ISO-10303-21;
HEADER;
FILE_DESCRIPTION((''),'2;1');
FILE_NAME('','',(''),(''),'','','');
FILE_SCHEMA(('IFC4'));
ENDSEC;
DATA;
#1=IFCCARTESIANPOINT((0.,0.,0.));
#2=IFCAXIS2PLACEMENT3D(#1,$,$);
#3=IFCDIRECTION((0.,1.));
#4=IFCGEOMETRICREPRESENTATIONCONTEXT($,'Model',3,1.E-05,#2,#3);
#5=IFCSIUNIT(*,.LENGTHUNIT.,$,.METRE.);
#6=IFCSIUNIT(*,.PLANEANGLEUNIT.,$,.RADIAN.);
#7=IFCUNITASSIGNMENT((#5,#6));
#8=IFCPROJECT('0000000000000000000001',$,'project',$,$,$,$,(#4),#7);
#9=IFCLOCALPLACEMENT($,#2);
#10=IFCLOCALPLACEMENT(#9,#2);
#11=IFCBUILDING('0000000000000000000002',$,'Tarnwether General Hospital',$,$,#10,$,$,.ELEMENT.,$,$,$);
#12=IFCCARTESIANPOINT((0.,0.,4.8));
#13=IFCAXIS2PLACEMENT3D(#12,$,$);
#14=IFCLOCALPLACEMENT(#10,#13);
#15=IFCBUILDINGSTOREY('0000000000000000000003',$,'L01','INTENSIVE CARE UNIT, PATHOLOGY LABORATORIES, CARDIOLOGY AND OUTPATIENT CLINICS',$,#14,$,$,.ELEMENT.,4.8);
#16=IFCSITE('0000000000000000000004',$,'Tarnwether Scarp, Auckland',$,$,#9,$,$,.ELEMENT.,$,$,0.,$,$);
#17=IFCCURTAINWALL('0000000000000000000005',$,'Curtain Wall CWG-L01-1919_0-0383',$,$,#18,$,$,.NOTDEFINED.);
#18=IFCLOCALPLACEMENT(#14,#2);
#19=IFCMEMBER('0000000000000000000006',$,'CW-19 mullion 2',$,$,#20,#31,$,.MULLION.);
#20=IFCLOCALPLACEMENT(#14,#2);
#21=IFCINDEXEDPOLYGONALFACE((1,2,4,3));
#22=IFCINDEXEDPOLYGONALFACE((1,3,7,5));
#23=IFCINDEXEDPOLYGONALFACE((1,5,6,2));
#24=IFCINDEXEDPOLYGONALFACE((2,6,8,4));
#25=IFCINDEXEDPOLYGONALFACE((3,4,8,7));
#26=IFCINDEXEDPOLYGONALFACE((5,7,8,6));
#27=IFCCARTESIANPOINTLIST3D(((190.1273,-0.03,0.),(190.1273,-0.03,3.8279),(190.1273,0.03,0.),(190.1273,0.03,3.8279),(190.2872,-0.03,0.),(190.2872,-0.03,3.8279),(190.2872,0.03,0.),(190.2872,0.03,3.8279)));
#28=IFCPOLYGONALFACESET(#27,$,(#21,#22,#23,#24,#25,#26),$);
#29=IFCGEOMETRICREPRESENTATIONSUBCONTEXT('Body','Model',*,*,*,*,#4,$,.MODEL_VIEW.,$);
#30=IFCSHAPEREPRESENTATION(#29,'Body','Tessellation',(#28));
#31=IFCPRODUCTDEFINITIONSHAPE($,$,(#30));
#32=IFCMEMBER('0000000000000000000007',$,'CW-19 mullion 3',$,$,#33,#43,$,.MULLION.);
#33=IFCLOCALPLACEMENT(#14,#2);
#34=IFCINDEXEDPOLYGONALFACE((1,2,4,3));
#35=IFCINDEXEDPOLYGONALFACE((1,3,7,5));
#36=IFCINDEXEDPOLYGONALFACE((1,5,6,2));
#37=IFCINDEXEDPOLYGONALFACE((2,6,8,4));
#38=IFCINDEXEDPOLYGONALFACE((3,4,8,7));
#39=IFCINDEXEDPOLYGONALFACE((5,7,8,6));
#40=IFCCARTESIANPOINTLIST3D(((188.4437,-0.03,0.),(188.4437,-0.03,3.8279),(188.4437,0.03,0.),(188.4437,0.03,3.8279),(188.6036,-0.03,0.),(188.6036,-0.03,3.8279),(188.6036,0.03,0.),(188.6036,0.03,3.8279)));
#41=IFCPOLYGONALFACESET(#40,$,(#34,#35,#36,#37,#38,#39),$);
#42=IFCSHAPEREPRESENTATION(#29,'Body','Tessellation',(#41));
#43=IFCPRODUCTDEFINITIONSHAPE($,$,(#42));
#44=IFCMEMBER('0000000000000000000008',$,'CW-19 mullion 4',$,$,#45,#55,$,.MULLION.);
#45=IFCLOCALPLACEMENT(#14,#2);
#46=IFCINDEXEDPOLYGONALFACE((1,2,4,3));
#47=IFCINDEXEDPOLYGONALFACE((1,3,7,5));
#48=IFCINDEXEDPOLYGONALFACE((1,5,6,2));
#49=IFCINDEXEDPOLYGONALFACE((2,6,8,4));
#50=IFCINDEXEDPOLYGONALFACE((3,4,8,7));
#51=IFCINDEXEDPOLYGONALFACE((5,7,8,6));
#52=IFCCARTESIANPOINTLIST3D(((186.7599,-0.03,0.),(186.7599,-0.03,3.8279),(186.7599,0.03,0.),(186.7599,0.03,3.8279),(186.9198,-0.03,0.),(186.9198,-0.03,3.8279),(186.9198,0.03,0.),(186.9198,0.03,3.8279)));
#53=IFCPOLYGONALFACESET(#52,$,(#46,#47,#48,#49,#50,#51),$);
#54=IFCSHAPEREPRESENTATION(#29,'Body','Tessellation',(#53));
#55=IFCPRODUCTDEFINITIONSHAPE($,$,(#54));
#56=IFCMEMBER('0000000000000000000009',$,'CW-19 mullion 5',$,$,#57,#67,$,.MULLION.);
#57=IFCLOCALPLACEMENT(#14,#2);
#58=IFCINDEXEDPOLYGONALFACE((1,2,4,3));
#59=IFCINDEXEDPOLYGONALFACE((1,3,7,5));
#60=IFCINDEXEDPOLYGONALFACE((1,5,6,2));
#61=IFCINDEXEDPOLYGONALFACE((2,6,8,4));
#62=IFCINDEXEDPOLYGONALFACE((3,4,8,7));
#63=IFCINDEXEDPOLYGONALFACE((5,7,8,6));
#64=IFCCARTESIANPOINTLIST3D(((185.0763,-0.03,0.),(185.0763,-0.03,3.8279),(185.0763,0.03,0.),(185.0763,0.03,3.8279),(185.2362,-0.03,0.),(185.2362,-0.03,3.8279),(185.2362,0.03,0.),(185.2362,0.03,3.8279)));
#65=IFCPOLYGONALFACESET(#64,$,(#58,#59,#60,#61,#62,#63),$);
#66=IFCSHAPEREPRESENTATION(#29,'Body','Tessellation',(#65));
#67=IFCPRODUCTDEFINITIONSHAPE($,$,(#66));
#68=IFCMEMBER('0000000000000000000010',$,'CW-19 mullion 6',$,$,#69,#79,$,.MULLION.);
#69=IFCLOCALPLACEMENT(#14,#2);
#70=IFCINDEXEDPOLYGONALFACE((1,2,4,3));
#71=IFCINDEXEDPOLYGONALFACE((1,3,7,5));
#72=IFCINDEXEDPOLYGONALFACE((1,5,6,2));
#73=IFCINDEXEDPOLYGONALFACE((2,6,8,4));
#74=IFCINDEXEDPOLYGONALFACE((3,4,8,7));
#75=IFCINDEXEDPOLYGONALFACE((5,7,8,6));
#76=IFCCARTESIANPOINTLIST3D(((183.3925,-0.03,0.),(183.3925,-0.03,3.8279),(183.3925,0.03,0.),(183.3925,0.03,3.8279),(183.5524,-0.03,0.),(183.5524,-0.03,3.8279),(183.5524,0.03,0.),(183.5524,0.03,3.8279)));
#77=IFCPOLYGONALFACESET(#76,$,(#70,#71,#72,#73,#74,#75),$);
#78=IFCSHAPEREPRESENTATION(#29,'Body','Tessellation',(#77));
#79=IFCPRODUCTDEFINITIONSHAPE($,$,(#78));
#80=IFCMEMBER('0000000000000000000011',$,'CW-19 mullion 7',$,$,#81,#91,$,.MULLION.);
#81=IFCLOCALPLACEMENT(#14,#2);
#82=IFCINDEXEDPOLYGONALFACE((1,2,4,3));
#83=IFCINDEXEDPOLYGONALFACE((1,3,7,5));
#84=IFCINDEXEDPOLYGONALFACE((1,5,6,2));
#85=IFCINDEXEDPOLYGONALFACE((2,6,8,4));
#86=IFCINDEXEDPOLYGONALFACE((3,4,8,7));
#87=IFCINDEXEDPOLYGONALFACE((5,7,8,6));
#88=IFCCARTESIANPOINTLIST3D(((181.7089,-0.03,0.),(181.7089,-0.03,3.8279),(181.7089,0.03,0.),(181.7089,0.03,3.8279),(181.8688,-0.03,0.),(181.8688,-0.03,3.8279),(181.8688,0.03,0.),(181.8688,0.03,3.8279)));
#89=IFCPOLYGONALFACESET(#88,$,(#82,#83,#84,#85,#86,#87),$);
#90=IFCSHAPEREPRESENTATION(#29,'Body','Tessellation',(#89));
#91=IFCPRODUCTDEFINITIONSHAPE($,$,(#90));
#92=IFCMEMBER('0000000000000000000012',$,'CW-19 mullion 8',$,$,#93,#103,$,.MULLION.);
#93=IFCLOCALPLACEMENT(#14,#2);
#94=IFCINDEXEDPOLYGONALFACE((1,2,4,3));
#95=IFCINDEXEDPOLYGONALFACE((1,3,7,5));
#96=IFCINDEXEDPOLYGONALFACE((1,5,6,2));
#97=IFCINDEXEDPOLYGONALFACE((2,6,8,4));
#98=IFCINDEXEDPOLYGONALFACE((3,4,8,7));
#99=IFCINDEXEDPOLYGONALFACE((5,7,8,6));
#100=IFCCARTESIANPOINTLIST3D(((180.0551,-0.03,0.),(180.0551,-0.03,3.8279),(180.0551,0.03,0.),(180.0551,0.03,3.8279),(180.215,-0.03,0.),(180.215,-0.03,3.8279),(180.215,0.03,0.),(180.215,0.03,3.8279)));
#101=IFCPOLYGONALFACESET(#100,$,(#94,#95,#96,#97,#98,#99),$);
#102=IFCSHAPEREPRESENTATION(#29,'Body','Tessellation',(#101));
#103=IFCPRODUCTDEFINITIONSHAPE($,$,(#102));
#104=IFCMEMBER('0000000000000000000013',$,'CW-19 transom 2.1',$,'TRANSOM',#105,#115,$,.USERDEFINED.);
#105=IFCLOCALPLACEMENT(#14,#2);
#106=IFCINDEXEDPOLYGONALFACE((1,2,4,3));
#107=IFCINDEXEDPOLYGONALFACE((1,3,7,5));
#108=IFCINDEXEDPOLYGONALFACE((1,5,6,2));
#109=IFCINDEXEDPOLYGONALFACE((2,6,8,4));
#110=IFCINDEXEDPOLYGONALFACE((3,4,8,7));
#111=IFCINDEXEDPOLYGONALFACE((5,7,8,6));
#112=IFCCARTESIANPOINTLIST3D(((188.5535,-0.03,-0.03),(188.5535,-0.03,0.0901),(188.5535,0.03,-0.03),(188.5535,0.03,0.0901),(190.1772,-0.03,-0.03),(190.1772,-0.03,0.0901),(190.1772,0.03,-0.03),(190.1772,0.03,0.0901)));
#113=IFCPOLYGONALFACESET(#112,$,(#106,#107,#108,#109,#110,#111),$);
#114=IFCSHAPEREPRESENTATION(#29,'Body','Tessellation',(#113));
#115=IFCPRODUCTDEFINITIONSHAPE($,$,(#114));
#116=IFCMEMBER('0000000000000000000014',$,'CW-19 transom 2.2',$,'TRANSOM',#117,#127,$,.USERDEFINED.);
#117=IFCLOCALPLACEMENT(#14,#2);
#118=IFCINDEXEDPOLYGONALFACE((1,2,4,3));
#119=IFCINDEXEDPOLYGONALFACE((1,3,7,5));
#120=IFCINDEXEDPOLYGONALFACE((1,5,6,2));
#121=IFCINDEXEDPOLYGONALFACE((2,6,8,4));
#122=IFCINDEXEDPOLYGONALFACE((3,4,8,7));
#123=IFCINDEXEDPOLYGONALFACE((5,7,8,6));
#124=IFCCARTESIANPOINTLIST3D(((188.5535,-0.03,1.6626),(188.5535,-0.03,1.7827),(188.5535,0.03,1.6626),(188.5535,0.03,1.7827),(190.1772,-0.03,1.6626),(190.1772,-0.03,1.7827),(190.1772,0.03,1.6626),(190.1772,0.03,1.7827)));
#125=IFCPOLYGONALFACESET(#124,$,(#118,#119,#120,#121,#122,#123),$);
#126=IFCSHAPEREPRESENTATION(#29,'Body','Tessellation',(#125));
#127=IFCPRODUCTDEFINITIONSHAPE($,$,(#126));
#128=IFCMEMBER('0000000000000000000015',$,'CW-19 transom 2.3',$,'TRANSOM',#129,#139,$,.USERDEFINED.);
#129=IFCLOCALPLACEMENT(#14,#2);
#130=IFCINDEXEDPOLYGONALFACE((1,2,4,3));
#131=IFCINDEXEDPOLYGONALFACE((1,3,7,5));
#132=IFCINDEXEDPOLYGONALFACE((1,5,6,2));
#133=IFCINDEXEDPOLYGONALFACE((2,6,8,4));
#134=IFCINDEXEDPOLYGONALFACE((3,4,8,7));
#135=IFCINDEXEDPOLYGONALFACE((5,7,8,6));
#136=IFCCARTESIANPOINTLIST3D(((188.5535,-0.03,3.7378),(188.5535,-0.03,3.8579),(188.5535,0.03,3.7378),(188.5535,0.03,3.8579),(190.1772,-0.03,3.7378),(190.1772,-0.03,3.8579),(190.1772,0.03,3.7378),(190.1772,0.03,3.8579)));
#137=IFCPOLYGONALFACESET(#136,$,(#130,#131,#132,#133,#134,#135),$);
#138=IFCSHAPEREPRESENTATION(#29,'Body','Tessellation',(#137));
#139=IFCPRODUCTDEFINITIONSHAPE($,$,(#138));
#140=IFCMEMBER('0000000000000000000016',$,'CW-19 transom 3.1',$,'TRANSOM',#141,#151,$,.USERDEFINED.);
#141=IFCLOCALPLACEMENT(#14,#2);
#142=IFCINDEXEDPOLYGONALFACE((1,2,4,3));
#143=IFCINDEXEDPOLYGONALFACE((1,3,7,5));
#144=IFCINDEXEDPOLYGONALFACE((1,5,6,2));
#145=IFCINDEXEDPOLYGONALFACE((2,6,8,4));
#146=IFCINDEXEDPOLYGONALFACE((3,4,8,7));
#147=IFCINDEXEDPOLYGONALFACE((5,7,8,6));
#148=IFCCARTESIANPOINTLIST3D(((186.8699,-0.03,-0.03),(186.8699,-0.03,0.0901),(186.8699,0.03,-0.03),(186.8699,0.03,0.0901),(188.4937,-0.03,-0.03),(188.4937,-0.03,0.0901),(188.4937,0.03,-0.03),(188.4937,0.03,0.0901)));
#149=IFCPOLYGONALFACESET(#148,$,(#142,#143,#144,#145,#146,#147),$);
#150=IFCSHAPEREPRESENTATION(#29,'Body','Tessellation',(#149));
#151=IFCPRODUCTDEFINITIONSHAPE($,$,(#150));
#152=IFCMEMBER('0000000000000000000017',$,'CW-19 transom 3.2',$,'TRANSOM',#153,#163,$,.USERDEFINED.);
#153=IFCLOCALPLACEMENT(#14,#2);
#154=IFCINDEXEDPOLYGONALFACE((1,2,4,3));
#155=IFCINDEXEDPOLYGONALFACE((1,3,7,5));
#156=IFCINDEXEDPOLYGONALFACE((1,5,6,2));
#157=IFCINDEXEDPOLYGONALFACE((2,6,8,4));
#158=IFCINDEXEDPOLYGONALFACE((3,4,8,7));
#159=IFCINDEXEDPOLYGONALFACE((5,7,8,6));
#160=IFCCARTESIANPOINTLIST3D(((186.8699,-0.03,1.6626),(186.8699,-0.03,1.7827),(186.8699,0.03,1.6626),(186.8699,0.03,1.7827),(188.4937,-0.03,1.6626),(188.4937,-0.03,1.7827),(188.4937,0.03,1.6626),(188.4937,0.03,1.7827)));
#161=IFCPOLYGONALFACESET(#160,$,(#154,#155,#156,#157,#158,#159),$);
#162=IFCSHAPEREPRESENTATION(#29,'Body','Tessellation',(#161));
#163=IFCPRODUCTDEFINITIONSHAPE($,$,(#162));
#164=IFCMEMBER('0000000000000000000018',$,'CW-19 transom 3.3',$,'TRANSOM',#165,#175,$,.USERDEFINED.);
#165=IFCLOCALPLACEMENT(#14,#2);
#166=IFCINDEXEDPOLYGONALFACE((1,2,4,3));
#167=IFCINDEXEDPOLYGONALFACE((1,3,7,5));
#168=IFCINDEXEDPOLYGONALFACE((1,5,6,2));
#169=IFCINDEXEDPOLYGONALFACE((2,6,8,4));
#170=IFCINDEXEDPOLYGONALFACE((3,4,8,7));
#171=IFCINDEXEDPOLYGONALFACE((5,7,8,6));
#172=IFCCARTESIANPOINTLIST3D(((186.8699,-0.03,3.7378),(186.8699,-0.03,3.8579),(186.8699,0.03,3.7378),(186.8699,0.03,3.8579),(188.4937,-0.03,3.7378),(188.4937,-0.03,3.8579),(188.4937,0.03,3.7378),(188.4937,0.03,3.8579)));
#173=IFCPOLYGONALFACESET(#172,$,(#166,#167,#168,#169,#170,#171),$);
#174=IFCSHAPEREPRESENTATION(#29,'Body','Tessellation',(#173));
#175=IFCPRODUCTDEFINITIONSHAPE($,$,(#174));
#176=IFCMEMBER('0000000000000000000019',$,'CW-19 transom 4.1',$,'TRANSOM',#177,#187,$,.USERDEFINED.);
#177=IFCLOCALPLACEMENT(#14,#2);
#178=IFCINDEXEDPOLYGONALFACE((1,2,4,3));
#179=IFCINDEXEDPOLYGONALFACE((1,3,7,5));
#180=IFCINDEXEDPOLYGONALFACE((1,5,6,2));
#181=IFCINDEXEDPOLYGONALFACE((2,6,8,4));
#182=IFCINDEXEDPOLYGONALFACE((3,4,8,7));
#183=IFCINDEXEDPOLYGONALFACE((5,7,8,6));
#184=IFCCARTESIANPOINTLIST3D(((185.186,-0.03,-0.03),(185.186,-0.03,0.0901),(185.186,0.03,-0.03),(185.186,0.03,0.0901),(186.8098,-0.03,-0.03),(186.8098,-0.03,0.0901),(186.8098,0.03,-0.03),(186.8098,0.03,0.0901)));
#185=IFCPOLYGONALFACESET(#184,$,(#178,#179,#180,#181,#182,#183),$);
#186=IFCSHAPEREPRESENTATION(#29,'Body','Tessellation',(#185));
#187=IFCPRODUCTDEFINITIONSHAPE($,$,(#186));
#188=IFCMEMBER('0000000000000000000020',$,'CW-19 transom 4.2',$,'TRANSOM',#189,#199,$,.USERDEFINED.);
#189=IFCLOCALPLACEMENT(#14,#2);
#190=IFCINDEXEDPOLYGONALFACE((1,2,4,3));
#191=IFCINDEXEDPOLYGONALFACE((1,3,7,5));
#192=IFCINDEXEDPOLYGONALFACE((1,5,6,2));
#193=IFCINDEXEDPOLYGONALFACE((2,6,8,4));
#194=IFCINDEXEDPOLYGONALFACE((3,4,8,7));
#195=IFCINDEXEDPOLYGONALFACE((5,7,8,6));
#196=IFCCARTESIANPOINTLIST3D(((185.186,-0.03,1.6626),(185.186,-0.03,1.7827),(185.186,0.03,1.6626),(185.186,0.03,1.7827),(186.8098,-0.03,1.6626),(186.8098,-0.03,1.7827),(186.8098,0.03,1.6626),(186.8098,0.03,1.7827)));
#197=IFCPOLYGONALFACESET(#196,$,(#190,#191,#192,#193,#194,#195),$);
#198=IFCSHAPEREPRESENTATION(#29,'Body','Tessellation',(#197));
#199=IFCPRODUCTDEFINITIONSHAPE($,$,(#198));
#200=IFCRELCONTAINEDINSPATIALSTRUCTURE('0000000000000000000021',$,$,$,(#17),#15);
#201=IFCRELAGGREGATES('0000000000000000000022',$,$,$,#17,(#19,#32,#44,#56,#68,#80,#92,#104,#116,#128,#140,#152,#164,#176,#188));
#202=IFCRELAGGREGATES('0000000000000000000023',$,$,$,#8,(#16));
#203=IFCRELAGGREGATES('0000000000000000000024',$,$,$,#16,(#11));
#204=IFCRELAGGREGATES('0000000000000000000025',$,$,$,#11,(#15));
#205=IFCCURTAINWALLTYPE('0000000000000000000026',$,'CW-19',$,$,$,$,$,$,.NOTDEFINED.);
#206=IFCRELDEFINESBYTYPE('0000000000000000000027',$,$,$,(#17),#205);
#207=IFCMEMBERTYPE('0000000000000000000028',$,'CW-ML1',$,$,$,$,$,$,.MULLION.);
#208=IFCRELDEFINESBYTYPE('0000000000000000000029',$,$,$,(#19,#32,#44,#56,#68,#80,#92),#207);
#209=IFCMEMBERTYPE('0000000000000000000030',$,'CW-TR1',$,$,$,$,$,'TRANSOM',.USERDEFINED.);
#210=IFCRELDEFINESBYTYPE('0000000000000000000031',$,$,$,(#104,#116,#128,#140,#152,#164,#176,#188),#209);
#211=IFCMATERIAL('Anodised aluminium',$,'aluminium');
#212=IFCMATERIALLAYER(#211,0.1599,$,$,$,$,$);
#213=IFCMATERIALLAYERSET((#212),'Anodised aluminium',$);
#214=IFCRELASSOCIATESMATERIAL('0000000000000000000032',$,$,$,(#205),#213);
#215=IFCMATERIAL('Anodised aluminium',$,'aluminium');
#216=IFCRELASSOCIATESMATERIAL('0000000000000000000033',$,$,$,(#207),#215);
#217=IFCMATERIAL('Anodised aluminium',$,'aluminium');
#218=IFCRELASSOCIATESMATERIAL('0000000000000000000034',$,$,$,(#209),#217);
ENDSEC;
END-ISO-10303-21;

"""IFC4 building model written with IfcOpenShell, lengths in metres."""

from ifc_helpers import new_model, si_unit, direction, frame, origin, origin_2d, place, context, subcontext, project, spatial, rectangle, extrude, material, layer, layer_set, material_profile, profile_set, type_object, element, aggregate, save


model = new_model("IFC4")

# Units and contexts
model_context = context("Model", 3, precision=1e-05, world=origin(), true_north=direction((0.0, 1.0)))
body_context = subcontext(model_context, "Body", "Model", "MODEL_VIEW")
ifc_project = project(units=[si_unit("LENGTHUNIT", "METRE"), si_unit("PLANEANGLEUNIT", "RADIAN")], contexts=[model_context])

# Site, building, storey
site_placement = place(None, origin())
site = spatial("IfcSite", under=ifc_project, at=site_placement, Name="Tarnwether Scarp, Auckland", CompositionType="ELEMENT", RefElevation=0.0)
building_placement = place(site_placement, origin())
building = spatial("IfcBuilding", under=site, at=building_placement, Name="Tarnwether General Hospital", CompositionType="ELEMENT")
storey_placement = place(building_placement, frame((0.0, 0.0, 4.8)))
storey = spatial("IfcBuildingStorey", under=building, at=storey_placement, Name="L01", Description="INTENSIVE CARE UNIT, PATHOLOGY LABORATORIES, CARDIOLOGY AND OUTPATIENT CLINICS", CompositionType="ELEMENT", Elevation=4.8)

# Curtain wall, members
ifc_material_1 = material(Name="Anodised aluminium", Category="aluminium")
ifc_layer_1 = layer(ifc_material_1, 0.1599)
ifc_layer_set_1 = layer_set([ifc_layer_1], Name="Anodised aluminium")
curtain_wall_type = type_object("IfcCurtainWallType", Name="CW-19", PredefinedType="NOTDEFINED", material=ifc_layer_set_1)
curtain_wall_placement = place(storey_placement, origin())
curtain_wall = element("IfcCurtainWall", 1, at=curtain_wall_placement, inside=storey, type_object=curtain_wall_type, Name="Curtain Wall CWG-L01-1919_0-0383", PredefinedType="NOTDEFINED")
ifc_material_2 = material(Name="Anodised aluminium", Category="aluminium")
ifc_material_profile_1 = material_profile(ifc_material_2, rectangle(XDim=0.0601, YDim=0.1599, at=origin_2d()), Name="ALU-MUL-60x160")
ifc_profile_set_1 = profile_set([ifc_material_profile_1], Name="Anodised aluminium")
member_type_1 = type_object("IfcMemberType", Name="CW-ML1", PredefinedType="MULLION", material=ifc_profile_set_1)
member_1_placement = place(storey_placement, frame((190.2073, 0.0, 0.0), z_axis=(0.0, 0.0, 1.0), x_axis=(0.0, -1.0, 0.0)))
member_1 = element("IfcMember", 2, at=member_1_placement, type_object=member_type_1, Name="CW-19 mullion 2", PredefinedType="MULLION", context=body_context, shape_type="SweptSolid", body=[
    extrude(rectangle(XDim=0.0601, YDim=0.1599, at=origin_2d()), origin(), (0.0, 0.0, 1.0), 3.8279),
])
member_2_placement = place(storey_placement, frame((188.5237, 0.0, 0.0), z_axis=(0.0, 0.0, 1.0), x_axis=(0.0, -1.0, 0.0)))
member_2 = element("IfcMember", 3, at=member_2_placement, type_object=member_type_1, Name="CW-19 mullion 3", PredefinedType="MULLION", context=body_context, shape_type="SweptSolid", body=[
    extrude(rectangle(XDim=0.0601, YDim=0.1599, at=origin_2d()), origin(), (0.0, 0.0, 1.0), 3.8279),
])
member_3_placement = place(storey_placement, frame((186.8398, 0.0, 0.0), z_axis=(0.0, 0.0, 1.0), x_axis=(0.0, -1.0, 0.0)))
member_3 = element("IfcMember", 4, at=member_3_placement, type_object=member_type_1, Name="CW-19 mullion 4", PredefinedType="MULLION", context=body_context, shape_type="SweptSolid", body=[
    extrude(rectangle(XDim=0.0601, YDim=0.1599, at=origin_2d()), origin(), (0.0, 0.0, 1.0), 3.8279),
])
member_4_placement = place(storey_placement, frame((185.1562, 0.0, 0.0), z_axis=(0.0, 0.0, 1.0), x_axis=(0.0, -1.0, 0.0)))
member_4 = element("IfcMember", 5, at=member_4_placement, type_object=member_type_1, Name="CW-19 mullion 5", PredefinedType="MULLION", context=body_context, shape_type="SweptSolid", body=[
    extrude(rectangle(XDim=0.0601, YDim=0.1599, at=origin_2d()), origin(), (0.0, 0.0, 1.0), 3.8279),
])
member_5_placement = place(storey_placement, frame((183.4724, 0.0, 0.0), z_axis=(0.0, 0.0, 1.0), x_axis=(0.0, -1.0, 0.0)))
member_5 = element("IfcMember", 6, at=member_5_placement, type_object=member_type_1, Name="CW-19 mullion 6", PredefinedType="MULLION", context=body_context, shape_type="SweptSolid", body=[
    extrude(rectangle(XDim=0.0601, YDim=0.1599, at=origin_2d()), origin(), (0.0, 0.0, 1.0), 3.8279),
])
member_6_placement = place(storey_placement, frame((181.7888, 0.0, 0.0), z_axis=(0.0, 0.0, 1.0), x_axis=(0.0, -1.0, 0.0)))
member_6 = element("IfcMember", 7, at=member_6_placement, type_object=member_type_1, Name="CW-19 mullion 7", PredefinedType="MULLION", context=body_context, shape_type="SweptSolid", body=[
    extrude(rectangle(XDim=0.0601, YDim=0.1599, at=origin_2d()), origin(), (0.0, 0.0, 1.0), 3.8279),
])
member_7_placement = place(storey_placement, frame((180.135, 0.0, 0.0), z_axis=(0.0, 0.0, 1.0), x_axis=(0.0, -1.0, 0.0)))
member_7 = element("IfcMember", 8, at=member_7_placement, type_object=member_type_1, Name="CW-19 mullion 8", PredefinedType="MULLION", context=body_context, shape_type="SweptSolid", body=[
    extrude(rectangle(XDim=0.0601, YDim=0.1599, at=origin_2d()), origin(), (0.0, 0.0, 1.0), 3.8279),
])
ifc_material_3 = material(Name="Anodised aluminium", Category="aluminium")
ifc_material_profile_2 = material_profile(ifc_material_3, rectangle(XDim=0.0601, YDim=0.1201, at=origin_2d()), Name="ALU-TRN-60x120")
ifc_profile_set_2 = profile_set([ifc_material_profile_2], Name="Anodised aluminium")
member_type_2 = type_object("IfcMemberType", Name="CW-TR1", ElementType="TRANSOM", PredefinedType="USERDEFINED", material=ifc_profile_set_2)
member_8_placement = place(storey_placement, frame((190.1772, 0.0, 0.03), z_axis=(-1.0, 0.0, 0.0), x_axis=(0.0, -1.0, 0.0)))
member_8 = element("IfcMember", 9, at=member_8_placement, type_object=member_type_2, Name="CW-19 transom 2.1", ObjectType="TRANSOM", PredefinedType="USERDEFINED", context=body_context, shape_type="SweptSolid", body=[
    extrude(rectangle(XDim=0.0601, YDim=0.1201, at=origin_2d()), origin(), (0.0, 0.0, 1.0), 1.6238),
])
member_9_placement = place(storey_placement, frame((190.1772, 0.0, 1.7227), z_axis=(-1.0, 0.0, 0.0), x_axis=(0.0, -1.0, 0.0)))
member_9 = element("IfcMember", 10, at=member_9_placement, type_object=member_type_2, Name="CW-19 transom 2.2", ObjectType="TRANSOM", PredefinedType="USERDEFINED", context=body_context, shape_type="SweptSolid", body=[
    extrude(rectangle(XDim=0.0601, YDim=0.1201, at=origin_2d()), origin(), (0.0, 0.0, 1.0), 1.6238),
])
member_10_placement = place(storey_placement, frame((190.1772, 0.0, 3.7979), z_axis=(-1.0, 0.0, 0.0), x_axis=(0.0, -1.0, 0.0)))
member_10 = element("IfcMember", 11, at=member_10_placement, type_object=member_type_2, Name="CW-19 transom 2.3", ObjectType="TRANSOM", PredefinedType="USERDEFINED", context=body_context, shape_type="SweptSolid", body=[
    extrude(rectangle(XDim=0.0601, YDim=0.1201, at=origin_2d()), origin(), (0.0, 0.0, 1.0), 1.6238),
])
member_11_placement = place(storey_placement, frame((188.4937, 0.0, 0.03), z_axis=(-1.0, 0.0, 0.0), x_axis=(0.0, -1.0, 0.0)))
member_11 = element("IfcMember", 12, at=member_11_placement, type_object=member_type_2, Name="CW-19 transom 3.1", ObjectType="TRANSOM", PredefinedType="USERDEFINED", context=body_context, shape_type="SweptSolid", body=[
    extrude(rectangle(XDim=0.0601, YDim=0.1201, at=origin_2d()), origin(), (0.0, 0.0, 1.0), 1.6238),
])
member_12_placement = place(storey_placement, frame((188.4937, 0.0, 1.7227), z_axis=(-1.0, 0.0, 0.0), x_axis=(0.0, -1.0, 0.0)))
member_12 = element("IfcMember", 13, at=member_12_placement, type_object=member_type_2, Name="CW-19 transom 3.2", ObjectType="TRANSOM", PredefinedType="USERDEFINED", context=body_context, shape_type="SweptSolid", body=[
    extrude(rectangle(XDim=0.0601, YDim=0.1201, at=origin_2d()), origin(), (0.0, 0.0, 1.0), 1.6238),
])
member_13_placement = place(storey_placement, frame((188.4937, 0.0, 3.7979), z_axis=(-1.0, 0.0, 0.0), x_axis=(0.0, -1.0, 0.0)))
member_13 = element("IfcMember", 14, at=member_13_placement, type_object=member_type_2, Name="CW-19 transom 3.3", ObjectType="TRANSOM", PredefinedType="USERDEFINED", context=body_context, shape_type="SweptSolid", body=[
    extrude(rectangle(XDim=0.0601, YDim=0.1201, at=origin_2d()), origin(), (0.0, 0.0, 1.0), 1.6238),
])
member_14_placement = place(storey_placement, frame((186.8098, 0.0, 0.03), z_axis=(-1.0, 0.0, 0.0), x_axis=(0.0, -1.0, 0.0)))
member_14 = element("IfcMember", 15, at=member_14_placement, type_object=member_type_2, Name="CW-19 transom 4.1", ObjectType="TRANSOM", PredefinedType="USERDEFINED", context=body_context, shape_type="SweptSolid", body=[
    extrude(rectangle(XDim=0.0601, YDim=0.1201, at=origin_2d()), origin(), (0.0, 0.0, 1.0), 1.6238),
])
member_15_placement = place(storey_placement, frame((186.8098, 0.0, 1.7227), z_axis=(-1.0, 0.0, 0.0), x_axis=(0.0, -1.0, 0.0)))
member_15 = element("IfcMember", 16, at=member_15_placement, type_object=member_type_2, Name="CW-19 transom 4.2", ObjectType="TRANSOM", PredefinedType="USERDEFINED", context=body_context, shape_type="SweptSolid", body=[
    extrude(rectangle(XDim=0.0601, YDim=0.1201, at=origin_2d()), origin(), (0.0, 0.0, 1.0), 1.6238),
])
aggregate(curtain_wall, [member_1, member_2, member_3, member_4, member_5, member_6, member_7, member_8, member_9, member_10, member_11, member_12, member_13, member_14, member_15])

save(model, "model.ifc")
